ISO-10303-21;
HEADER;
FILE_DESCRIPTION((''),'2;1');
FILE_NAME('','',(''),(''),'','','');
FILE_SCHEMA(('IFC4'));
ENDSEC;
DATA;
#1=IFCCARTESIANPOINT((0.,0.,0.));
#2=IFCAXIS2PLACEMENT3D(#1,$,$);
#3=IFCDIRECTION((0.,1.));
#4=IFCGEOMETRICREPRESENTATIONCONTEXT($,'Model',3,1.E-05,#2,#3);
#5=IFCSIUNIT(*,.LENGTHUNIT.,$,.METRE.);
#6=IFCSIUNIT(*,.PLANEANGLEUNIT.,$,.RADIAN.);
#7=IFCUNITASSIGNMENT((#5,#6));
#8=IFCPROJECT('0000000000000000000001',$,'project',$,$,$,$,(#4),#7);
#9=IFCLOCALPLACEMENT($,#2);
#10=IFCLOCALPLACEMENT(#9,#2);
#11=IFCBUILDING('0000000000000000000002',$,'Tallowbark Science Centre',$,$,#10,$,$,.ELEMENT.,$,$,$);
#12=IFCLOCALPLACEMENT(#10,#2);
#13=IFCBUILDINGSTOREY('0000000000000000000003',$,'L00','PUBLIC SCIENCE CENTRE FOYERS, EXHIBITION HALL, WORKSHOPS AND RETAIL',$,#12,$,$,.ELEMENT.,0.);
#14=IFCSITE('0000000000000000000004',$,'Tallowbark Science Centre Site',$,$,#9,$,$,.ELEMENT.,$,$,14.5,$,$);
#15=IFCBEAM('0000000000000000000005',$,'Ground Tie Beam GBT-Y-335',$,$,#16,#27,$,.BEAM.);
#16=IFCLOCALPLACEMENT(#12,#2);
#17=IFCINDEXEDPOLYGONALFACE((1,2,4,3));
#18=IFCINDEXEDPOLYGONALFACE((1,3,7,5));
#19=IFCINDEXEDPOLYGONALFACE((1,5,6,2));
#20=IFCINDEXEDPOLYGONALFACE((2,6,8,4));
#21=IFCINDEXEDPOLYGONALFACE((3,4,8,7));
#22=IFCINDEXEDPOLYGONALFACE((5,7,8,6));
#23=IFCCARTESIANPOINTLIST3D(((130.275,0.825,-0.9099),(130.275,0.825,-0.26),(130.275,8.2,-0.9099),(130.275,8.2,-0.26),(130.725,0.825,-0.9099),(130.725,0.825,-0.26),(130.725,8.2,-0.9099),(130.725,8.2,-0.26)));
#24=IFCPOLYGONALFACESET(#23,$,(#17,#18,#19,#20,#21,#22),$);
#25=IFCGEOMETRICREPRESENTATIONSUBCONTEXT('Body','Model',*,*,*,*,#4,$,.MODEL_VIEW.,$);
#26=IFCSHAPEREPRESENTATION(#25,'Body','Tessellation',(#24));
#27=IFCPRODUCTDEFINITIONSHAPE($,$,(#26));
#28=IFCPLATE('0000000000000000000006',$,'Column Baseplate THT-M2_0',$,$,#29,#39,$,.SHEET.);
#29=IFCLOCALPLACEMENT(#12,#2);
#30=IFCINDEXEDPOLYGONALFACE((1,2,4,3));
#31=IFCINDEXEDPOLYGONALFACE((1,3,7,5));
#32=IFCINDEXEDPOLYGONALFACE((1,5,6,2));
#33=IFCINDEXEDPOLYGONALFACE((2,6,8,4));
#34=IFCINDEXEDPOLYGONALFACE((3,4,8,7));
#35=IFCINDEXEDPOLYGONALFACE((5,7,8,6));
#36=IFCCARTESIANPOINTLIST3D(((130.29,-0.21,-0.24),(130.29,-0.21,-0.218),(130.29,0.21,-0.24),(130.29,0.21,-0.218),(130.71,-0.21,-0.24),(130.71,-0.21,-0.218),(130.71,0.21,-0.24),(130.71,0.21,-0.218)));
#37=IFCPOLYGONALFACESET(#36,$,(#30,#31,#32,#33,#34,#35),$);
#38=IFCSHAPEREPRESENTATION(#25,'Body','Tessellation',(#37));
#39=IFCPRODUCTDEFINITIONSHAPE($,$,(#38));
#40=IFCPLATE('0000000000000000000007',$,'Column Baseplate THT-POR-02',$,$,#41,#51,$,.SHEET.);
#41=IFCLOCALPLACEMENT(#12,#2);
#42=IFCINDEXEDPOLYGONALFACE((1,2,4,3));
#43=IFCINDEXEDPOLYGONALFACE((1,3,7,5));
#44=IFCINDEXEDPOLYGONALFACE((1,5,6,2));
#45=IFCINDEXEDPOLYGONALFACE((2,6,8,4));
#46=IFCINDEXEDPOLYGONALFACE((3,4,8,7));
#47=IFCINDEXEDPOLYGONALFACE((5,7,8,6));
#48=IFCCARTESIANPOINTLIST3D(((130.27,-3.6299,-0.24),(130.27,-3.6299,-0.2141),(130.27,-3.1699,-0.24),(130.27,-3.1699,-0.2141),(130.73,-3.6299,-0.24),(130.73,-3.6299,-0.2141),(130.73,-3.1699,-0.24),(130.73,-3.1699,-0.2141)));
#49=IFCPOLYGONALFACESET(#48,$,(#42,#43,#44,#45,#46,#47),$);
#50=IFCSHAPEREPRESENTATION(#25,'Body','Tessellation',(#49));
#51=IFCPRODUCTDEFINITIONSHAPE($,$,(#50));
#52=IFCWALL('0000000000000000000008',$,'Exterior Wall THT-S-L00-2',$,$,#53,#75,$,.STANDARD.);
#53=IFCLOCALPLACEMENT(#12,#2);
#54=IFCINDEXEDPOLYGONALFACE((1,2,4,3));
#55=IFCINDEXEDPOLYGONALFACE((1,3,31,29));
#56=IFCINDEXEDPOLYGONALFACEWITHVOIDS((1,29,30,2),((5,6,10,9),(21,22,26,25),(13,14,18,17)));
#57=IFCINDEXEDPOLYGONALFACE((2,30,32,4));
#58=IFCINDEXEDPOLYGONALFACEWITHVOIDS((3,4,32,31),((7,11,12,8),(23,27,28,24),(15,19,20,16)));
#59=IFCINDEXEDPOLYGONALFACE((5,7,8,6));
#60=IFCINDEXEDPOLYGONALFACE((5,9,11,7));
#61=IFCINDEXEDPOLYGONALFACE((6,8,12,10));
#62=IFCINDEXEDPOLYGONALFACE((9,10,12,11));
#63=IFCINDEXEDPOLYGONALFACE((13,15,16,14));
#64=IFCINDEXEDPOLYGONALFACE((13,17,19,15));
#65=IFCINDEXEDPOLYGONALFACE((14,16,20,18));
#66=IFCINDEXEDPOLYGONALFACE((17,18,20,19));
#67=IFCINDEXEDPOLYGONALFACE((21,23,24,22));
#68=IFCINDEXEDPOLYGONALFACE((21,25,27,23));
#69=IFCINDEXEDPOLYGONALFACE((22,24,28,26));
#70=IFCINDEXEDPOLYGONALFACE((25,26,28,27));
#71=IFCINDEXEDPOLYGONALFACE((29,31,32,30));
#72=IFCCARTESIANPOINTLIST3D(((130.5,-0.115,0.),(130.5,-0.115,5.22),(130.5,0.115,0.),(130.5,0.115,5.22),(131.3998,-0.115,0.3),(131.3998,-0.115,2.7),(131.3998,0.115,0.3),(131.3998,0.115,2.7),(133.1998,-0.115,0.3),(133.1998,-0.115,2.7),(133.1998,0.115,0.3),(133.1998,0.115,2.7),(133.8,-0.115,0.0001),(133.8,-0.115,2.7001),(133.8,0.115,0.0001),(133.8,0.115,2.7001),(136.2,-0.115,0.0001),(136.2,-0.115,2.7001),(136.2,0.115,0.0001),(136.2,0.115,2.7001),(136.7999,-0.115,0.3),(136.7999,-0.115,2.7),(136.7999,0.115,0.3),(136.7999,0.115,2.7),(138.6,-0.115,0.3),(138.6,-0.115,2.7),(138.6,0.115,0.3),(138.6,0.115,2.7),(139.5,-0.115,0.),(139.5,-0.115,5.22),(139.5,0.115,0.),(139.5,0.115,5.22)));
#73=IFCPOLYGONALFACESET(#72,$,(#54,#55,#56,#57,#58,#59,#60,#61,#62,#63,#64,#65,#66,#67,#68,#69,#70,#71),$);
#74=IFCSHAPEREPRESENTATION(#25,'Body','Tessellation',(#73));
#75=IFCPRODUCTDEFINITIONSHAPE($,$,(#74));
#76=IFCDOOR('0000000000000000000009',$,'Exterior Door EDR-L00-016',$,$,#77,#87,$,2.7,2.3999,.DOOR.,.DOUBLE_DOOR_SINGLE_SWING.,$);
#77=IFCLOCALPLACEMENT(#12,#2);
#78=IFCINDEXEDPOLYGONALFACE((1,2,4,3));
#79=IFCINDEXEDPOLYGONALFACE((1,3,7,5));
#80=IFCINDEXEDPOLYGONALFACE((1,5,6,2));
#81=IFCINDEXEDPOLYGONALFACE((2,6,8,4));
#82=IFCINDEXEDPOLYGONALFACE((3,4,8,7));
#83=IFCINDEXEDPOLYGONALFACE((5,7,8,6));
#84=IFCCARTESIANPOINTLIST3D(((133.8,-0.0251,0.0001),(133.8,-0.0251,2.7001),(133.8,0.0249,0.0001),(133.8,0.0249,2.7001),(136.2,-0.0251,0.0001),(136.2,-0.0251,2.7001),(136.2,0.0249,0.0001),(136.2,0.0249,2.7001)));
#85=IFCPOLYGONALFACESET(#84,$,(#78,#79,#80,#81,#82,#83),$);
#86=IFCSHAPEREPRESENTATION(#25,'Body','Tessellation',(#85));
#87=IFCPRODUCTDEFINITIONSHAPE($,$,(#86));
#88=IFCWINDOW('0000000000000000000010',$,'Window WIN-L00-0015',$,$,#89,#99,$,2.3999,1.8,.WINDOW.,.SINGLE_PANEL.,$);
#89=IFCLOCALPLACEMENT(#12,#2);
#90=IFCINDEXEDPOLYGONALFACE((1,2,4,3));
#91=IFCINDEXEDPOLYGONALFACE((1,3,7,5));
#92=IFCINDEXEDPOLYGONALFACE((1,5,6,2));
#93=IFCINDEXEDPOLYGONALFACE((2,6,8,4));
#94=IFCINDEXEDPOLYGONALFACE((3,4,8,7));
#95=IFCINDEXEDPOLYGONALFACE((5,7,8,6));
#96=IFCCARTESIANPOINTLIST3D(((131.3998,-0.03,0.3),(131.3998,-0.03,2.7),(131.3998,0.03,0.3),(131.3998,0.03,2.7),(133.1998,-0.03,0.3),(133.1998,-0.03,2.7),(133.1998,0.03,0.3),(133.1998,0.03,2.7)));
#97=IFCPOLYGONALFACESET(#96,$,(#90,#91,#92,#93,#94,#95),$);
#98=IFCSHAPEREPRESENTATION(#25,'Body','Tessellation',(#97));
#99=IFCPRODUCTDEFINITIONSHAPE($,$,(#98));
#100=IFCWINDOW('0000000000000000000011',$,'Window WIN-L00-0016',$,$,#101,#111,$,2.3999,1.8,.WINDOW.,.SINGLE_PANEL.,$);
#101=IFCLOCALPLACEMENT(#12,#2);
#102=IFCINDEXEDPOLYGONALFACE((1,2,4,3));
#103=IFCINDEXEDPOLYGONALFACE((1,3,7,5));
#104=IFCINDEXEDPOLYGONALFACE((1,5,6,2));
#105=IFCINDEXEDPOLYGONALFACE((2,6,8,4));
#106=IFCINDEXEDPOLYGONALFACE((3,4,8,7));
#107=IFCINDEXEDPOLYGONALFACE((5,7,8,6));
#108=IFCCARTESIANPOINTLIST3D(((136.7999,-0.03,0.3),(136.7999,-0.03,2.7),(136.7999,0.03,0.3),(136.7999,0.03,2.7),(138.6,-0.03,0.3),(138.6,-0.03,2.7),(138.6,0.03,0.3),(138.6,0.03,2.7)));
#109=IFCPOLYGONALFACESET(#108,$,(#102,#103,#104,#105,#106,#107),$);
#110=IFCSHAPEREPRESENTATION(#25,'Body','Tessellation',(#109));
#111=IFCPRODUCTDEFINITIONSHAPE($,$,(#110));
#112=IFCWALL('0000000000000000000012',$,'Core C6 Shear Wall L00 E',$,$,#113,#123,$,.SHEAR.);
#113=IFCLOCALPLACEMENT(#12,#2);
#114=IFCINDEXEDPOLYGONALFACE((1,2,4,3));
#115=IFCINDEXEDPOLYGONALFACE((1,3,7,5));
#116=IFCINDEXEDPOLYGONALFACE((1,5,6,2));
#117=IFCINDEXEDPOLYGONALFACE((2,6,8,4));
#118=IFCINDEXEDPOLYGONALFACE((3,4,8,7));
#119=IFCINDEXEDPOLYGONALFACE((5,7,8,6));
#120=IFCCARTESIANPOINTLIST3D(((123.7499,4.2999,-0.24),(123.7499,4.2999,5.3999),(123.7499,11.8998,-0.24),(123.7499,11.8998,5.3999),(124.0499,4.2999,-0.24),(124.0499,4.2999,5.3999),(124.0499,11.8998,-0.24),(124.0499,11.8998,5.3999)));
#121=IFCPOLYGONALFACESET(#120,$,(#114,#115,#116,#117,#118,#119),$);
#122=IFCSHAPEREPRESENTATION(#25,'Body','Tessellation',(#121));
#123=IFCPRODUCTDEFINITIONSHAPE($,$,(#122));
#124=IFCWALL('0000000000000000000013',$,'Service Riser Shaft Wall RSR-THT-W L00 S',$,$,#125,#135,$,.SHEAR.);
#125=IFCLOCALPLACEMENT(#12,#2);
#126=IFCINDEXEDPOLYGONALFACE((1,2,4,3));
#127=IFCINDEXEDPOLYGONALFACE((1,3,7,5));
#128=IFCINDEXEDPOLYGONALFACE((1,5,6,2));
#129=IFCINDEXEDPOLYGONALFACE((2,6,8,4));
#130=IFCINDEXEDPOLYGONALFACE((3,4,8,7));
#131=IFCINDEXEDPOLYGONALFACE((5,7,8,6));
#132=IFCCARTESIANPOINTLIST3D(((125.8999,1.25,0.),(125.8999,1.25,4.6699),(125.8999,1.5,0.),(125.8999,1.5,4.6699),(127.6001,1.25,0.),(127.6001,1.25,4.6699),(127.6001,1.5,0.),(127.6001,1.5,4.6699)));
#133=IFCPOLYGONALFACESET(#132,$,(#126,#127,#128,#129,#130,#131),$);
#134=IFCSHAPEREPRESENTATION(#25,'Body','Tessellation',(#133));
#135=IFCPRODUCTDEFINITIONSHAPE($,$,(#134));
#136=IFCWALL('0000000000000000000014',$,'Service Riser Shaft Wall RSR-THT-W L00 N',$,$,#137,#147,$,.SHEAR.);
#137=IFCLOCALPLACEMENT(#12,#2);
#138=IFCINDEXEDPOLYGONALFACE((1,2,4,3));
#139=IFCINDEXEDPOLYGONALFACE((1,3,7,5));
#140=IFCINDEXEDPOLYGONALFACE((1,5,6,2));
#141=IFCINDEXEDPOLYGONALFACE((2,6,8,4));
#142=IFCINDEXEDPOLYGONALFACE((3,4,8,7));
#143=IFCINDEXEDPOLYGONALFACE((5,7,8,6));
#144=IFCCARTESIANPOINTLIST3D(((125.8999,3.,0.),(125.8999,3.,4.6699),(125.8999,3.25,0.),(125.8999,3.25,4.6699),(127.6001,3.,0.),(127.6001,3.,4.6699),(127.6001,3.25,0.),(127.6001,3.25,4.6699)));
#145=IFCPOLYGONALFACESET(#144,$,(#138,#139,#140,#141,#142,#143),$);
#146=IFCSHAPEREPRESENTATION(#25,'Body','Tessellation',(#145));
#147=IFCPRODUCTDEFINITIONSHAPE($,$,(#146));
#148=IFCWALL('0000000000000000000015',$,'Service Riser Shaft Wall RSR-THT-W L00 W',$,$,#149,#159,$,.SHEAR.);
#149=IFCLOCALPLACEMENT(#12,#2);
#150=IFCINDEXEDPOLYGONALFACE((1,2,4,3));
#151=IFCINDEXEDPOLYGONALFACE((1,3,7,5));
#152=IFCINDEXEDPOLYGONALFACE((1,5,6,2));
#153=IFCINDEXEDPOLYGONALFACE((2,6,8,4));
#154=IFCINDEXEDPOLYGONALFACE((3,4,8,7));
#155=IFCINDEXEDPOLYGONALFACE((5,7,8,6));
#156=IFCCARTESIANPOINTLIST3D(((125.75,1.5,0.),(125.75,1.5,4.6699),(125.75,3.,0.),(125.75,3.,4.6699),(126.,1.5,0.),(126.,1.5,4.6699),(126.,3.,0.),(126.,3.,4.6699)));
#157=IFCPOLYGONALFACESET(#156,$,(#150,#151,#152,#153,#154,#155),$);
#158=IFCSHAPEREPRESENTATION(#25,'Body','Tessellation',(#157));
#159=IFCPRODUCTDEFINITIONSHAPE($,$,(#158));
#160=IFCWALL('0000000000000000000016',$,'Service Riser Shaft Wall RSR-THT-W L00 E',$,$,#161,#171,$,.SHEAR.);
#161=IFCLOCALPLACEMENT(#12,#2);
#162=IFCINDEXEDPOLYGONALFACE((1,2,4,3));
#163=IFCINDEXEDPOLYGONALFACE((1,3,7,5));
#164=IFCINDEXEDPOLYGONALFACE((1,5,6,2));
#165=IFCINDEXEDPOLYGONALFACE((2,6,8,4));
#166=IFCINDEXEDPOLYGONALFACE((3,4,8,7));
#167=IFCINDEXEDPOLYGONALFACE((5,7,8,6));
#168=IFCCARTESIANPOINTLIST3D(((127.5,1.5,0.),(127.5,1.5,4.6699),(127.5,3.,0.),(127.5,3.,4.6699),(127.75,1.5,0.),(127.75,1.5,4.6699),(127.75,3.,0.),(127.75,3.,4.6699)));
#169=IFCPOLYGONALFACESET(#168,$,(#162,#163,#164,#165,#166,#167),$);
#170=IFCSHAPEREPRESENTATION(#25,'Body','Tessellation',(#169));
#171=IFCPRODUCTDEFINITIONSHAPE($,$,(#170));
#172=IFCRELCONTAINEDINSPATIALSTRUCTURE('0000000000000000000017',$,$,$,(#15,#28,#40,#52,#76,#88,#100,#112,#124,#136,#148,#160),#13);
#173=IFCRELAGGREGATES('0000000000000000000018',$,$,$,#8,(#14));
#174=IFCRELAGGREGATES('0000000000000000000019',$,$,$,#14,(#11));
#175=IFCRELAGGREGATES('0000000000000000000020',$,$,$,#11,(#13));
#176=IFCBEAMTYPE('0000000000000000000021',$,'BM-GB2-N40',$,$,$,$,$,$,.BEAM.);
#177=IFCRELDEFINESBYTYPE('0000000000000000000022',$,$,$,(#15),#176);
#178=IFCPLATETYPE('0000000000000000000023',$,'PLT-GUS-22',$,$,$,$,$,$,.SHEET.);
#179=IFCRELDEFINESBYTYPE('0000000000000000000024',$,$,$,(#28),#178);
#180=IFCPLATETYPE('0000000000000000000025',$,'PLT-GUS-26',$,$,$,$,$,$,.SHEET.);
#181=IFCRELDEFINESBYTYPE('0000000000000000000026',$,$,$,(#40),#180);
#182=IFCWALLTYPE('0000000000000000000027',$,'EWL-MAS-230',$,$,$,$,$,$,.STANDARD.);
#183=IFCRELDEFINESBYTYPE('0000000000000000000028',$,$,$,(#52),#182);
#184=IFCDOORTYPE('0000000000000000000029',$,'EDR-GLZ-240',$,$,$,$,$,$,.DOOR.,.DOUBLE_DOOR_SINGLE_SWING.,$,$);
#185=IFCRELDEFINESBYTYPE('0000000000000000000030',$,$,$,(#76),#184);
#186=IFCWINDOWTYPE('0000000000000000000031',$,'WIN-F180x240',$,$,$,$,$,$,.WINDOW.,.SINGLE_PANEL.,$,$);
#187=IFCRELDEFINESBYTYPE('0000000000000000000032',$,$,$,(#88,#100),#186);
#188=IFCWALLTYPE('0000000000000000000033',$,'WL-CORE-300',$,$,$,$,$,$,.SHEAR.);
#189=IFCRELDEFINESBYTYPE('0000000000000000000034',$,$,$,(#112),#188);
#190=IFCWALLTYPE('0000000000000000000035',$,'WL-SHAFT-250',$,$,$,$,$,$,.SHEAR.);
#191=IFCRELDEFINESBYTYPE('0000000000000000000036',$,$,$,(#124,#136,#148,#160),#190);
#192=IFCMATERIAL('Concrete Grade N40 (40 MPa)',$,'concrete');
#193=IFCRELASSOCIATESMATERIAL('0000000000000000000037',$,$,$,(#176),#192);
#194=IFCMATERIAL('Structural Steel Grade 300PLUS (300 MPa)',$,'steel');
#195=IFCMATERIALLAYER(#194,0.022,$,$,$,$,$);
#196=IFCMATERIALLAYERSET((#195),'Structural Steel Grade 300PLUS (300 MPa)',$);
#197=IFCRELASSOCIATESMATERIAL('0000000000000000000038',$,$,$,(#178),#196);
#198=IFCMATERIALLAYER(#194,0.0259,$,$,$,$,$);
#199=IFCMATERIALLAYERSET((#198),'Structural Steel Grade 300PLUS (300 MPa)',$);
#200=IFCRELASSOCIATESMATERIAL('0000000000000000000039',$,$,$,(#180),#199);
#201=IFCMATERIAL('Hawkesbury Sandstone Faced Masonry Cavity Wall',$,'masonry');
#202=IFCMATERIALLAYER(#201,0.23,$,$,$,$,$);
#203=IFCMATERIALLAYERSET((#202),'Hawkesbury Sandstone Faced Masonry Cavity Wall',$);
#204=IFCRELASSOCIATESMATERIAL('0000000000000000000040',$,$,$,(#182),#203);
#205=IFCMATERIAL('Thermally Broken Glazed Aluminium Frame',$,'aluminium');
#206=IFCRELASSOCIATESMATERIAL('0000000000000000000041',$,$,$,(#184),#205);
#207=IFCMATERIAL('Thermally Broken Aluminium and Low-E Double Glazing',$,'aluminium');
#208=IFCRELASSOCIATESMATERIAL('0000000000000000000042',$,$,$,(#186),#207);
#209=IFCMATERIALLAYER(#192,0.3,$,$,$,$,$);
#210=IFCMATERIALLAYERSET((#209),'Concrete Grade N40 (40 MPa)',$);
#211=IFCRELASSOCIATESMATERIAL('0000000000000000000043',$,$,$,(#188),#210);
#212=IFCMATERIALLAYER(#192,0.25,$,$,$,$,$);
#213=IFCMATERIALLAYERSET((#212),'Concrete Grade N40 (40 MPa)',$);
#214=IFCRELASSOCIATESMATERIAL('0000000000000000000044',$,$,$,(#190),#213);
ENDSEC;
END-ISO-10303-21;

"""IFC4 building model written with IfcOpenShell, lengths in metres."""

from ifc_helpers import new_model, si_unit, direction, frame, frame_2d, origin, origin_2d, place, context, subcontext, project, spatial, rectangle, extrude, material, layer, layer_set, material_profile, profile_set, type_object, element, fill, save


model = new_model("IFC4")

# Units and contexts
model_context = context("Model", 3, precision=1e-05, world=origin(), true_north=direction((0.0, 1.0)))
body_context = subcontext(model_context, "Body", "Model", "MODEL_VIEW")
ifc_project = project(units=[si_unit("LENGTHUNIT", "METRE"), si_unit("PLANEANGLEUNIT", "RADIAN")], contexts=[model_context])

# Site, building, storey
site_placement = place(None, origin())
site = spatial("IfcSite", under=ifc_project, at=site_placement, Name="Tallowbark Science Centre Site", CompositionType="ELEMENT", RefElevation=14.5)
building_placement = place(site_placement, origin())
building = spatial("IfcBuilding", under=site, at=building_placement, Name="Tallowbark Science Centre", CompositionType="ELEMENT")
storey_placement = place(building_placement, origin())
storey = spatial("IfcBuildingStorey", under=building, at=storey_placement, Name="L00", Description="PUBLIC SCIENCE CENTRE FOYERS, EXHIBITION HALL, WORKSHOPS AND RETAIL", CompositionType="ELEMENT", Elevation=0.0)

# Shared definitions
ifc_material_1 = material(Name="Concrete Grade N40 (40 MPa)", Category="concrete")

# Shared definitions
ifc_material_2 = material(Name="Structural Steel Grade 300PLUS (300 MPa)", Category="steel")

# Beam
ifc_material_profile_1 = material_profile(ifc_material_1, rectangle(XDim=0.45, YDim=0.6499, at=origin_2d()), Name="RC450x650")
ifc_profile_set_1 = profile_set([ifc_material_profile_1], Name="Concrete Grade N40 (40 MPa)")
beam_type = type_object("IfcBeamType", Name="BM-GB2-N40", PredefinedType="BEAM", material=ifc_profile_set_1)
beam_1_placement = place(storey_placement, frame((130.5, 0.825, -0.585), z_axis=(0.0, 1.0, 0.0), x_axis=(-1.0, 0.0, 0.0)))
element("IfcBeam", 1, at=beam_1_placement, inside=storey, type_object=beam_type, Name="Ground Tie Beam GBT-Y-335", PredefinedType="BEAM", context=body_context, shape_type="SweptSolid", body=[
    extrude(rectangle(XDim=0.45, YDim=0.6499, at=origin_2d()), origin(), (0.0, 0.0, 1.0), 7.375),
])

# Plates
ifc_layer_1 = layer(ifc_material_2, 0.022)
ifc_layer_set_1 = layer_set([ifc_layer_1], Name="Structural Steel Grade 300PLUS (300 MPa)")
plate_type_1 = type_object("IfcPlateType", Name="PLT-GUS-22", PredefinedType="SHEET", material=ifc_layer_set_1)
plate_1_placement = place(storey_placement, frame((130.5, 0.0, -0.24), z_axis=(0.0, 0.0, 1.0), x_axis=(1.0, 0.0, 0.0)))
element("IfcPlate", 2, at=plate_1_placement, inside=storey, type_object=plate_type_1, Name="Column Baseplate THT-M2_0", PredefinedType="SHEET", context=body_context, shape_type="SweptSolid", body=[
    extrude(rectangle(XDim=0.4199, YDim=0.4199, at=origin_2d()), origin(), (0.0, 0.0, 1.0), 0.022),
])
ifc_layer_2 = layer(ifc_material_2, 0.0259)
ifc_layer_set_2 = layer_set([ifc_layer_2], Name="Structural Steel Grade 300PLUS (300 MPa)")
plate_type_2 = type_object("IfcPlateType", Name="PLT-GUS-26", PredefinedType="SHEET", material=ifc_layer_set_2)
plate_2_placement = place(storey_placement, frame((130.5, -3.3999, -0.24), z_axis=(0.0, 0.0, 1.0), x_axis=(1.0, 0.0, 0.0)))
element("IfcPlate", 3, at=plate_2_placement, inside=storey, type_object=plate_type_2, Name="Column Baseplate THT-POR-02", PredefinedType="SHEET", context=body_context, shape_type="SweptSolid", body=[
    extrude(rectangle(XDim=0.46, YDim=0.46, at=origin_2d()), origin(), (0.0, 0.0, 1.0), 0.0259),
])

# Wall, openings, door, windows
ifc_material_3 = material(Name="Hawkesbury Sandstone Faced Masonry Cavity Wall", Category="masonry")
ifc_layer_3 = layer(ifc_material_3, 0.23)
ifc_layer_set_3 = layer_set([ifc_layer_3], Name="Hawkesbury Sandstone Faced Masonry Cavity Wall")
wall_type_1 = type_object("IfcWallType", Name="EWL-MAS-230", PredefinedType="STANDARD", material=ifc_layer_set_3)
wall_1_placement = place(storey_placement, frame((130.5, 0.0, 0.0), z_axis=(0.0, 0.0, 1.0), x_axis=(1.0, 0.0, 0.0)))
wall_1 = element("IfcWall", 4, at=wall_1_placement, inside=storey, type_object=wall_type_1, Name="Exterior Wall THT-S-L00-2", PredefinedType="STANDARD", context=body_context, shape_type="SweptSolid", body=[
    extrude(rectangle(XDim=9.0, YDim=0.23, at=frame_2d((4.5, 0.0))), origin(), (0.0, 0.0, 1.0), 5.22),
])
opening_1_placement = place(wall_1_placement, frame((0.8999, 0.0, 0.3)))
opening_1 = element("IfcOpeningElement", 5, at=opening_1_placement, cuts=wall_1, PredefinedType="OPENING", context=body_context, shape_type="SweptSolid", body=[
    extrude(rectangle(XDim=1.8, YDim=2.3999, at=frame_2d((0.8999, 1.2))), frame((0.0, 0.125, 0.0), z_axis=(0.0, -1.0, 0.0), x_axis=(1.0, 0.0, 0.0)), (0.0, 0.0, 1.0), 0.25),
])
opening_2_placement = place(wall_1_placement, frame((6.3, 0.0, 0.3)))
opening_2 = element("IfcOpeningElement", 6, at=opening_2_placement, cuts=wall_1, PredefinedType="OPENING", context=body_context, shape_type="SweptSolid", body=[
    extrude(rectangle(XDim=1.8, YDim=2.3999, at=frame_2d((0.8999, 1.2))), frame((0.0, 0.125, 0.0), z_axis=(0.0, -1.0, 0.0), x_axis=(1.0, 0.0, 0.0)), (0.0, 0.0, 1.0), 0.25),
])
opening_3_placement = place(wall_1_placement, frame((3.3, 0.0, 0.0)))
opening_3 = element("IfcOpeningElement", 7, at=opening_3_placement, cuts=wall_1, PredefinedType="OPENING", context=body_context, shape_type="SweptSolid", body=[
    extrude(rectangle(XDim=2.3999, YDim=2.7, at=frame_2d((1.2, 1.3501))), frame((0.0, 0.125, 0.0), z_axis=(0.0, -1.0, 0.0), x_axis=(1.0, 0.0, 0.0)), (0.0, 0.0, 1.0), 0.25),
])
ifc_material_4 = material(Name="Thermally Broken Glazed Aluminium Frame", Category="aluminium")
door_type = type_object("IfcDoorType", Name="EDR-GLZ-240", OperationType="DOUBLE_DOOR_SINGLE_SWING", PredefinedType="DOOR", material=ifc_material_4)
door_placement = place(opening_3_placement, origin())
door = element("IfcDoor", 8, at=door_placement, inside=storey, type_object=door_type, Name="Exterior Door EDR-L00-016", OperationType="DOUBLE_DOOR_SINGLE_SWING", OverallHeight=2.7, OverallWidth=2.3999, PredefinedType="DOOR", context=body_context, shape_type="SweptSolid", body=[
    extrude(rectangle(XDim=2.3999, YDim=2.7, at=frame_2d((1.2, 1.3501))), frame((0.0, 0.0249, 0.0), z_axis=(0.0, -1.0, 0.0), x_axis=(1.0, 0.0, 0.0)), (0.0, 0.0, 1.0), 0.05),
])
fill(opening_3, door)
ifc_material_5 = material(Name="Thermally Broken Aluminium and Low-E Double Glazing", Category="aluminium")
window_type = type_object("IfcWindowType", Name="WIN-F180x240", PartitioningType="SINGLE_PANEL", PredefinedType="WINDOW", material=ifc_material_5)
window_1_placement = place(opening_1_placement, origin())
window_1 = element("IfcWindow", 9, at=window_1_placement, inside=storey, type_object=window_type, Name="Window WIN-L00-0015", OverallHeight=2.3999, OverallWidth=1.8, PartitioningType="SINGLE_PANEL", PredefinedType="WINDOW", context=body_context, shape_type="SweptSolid", body=[
    extrude(rectangle(XDim=1.8, YDim=2.3999, at=frame_2d((0.8999, 1.2))), frame((0.0, 0.03, 0.0), z_axis=(0.0, -1.0, 0.0), x_axis=(1.0, 0.0, 0.0)), (0.0, 0.0, 1.0), 0.0601),
])
fill(opening_1, window_1)
window_2_placement = place(opening_2_placement, origin())
window_2 = element("IfcWindow", 10, at=window_2_placement, inside=storey, type_object=window_type, Name="Window WIN-L00-0016", OverallHeight=2.3999, OverallWidth=1.8, PartitioningType="SINGLE_PANEL", PredefinedType="WINDOW", context=body_context, shape_type="SweptSolid", body=[
    extrude(rectangle(XDim=1.8, YDim=2.3999, at=frame_2d((0.8999, 1.2))), frame((0.0, 0.03, 0.0), z_axis=(0.0, -1.0, 0.0), x_axis=(1.0, 0.0, 0.0)), (0.0, 0.0, 1.0), 0.0601),
])
fill(opening_2, window_2)

# Walls
ifc_layer_4 = layer(ifc_material_1, 0.3)
ifc_layer_set_4 = layer_set([ifc_layer_4], Name="Concrete Grade N40 (40 MPa)")
wall_type_2 = type_object("IfcWallType", Name="WL-CORE-300", PredefinedType="SHEAR", material=ifc_layer_set_4)
wall_2_placement = place(storey_placement, frame((123.8999, 4.3, -0.24), z_axis=(0.0, 0.0, 1.0), x_axis=(0.0, 1.0, 0.0)))
element("IfcWall", 11, at=wall_2_placement, inside=storey, type_object=wall_type_2, Name="Core C6 Shear Wall L00 E", PredefinedType="SHEAR", context=body_context, shape_type="SweptSolid", body=[
    extrude(rectangle(XDim=7.5999, YDim=0.3, at=frame_2d((3.7998, 0.0))), origin(), (0.0, 0.0, 1.0), 5.6399),
])
ifc_layer_5 = layer(ifc_material_1, 0.25)
ifc_layer_set_5 = layer_set([ifc_layer_5], Name="Concrete Grade N40 (40 MPa)")
wall_type_3 = type_object("IfcWallType", Name="WL-SHAFT-250", PredefinedType="SHEAR", material=ifc_layer_set_5)
for number, where, z_axis, x_axis, name in (
    (12, (125.8999, 1.375, 0.0), (0.0, 0.0, 1.0), (1.0, 0.0, 0.0), "Service Riser Shaft Wall RSR-THT-W L00 S"),
    (13, (125.8999, 3.125, 0.0), (0.0, 0.0, 1.0), (1.0, 0.0, 0.0), "Service Riser Shaft Wall RSR-THT-W L00 N"),
):
    element("IfcWall", number, at=place(storey_placement, frame(where, z_axis=z_axis, x_axis=x_axis)), inside=storey, type_object=wall_type_3, Name=name, PredefinedType="SHEAR", context=body_context, shape_type="SweptSolid", body=[
        extrude(rectangle(XDim=1.7002, YDim=0.25, at=frame_2d((0.8501, 0.0))), origin(), (0.0, 0.0, 1.0), 4.6699),
    ])
for number, where, z_axis, x_axis, name in (
    (14, (125.875, 1.5, 0.0), (0.0, 0.0, 1.0), (0.0, 1.0, 0.0), "Service Riser Shaft Wall RSR-THT-W L00 W"),
    (15, (127.625, 1.5, 0.0), (0.0, 0.0, 1.0), (0.0, 1.0, 0.0), "Service Riser Shaft Wall RSR-THT-W L00 E"),
):
    element("IfcWall", number, at=place(storey_placement, frame(where, z_axis=z_axis, x_axis=x_axis)), inside=storey, type_object=wall_type_3, Name=name, PredefinedType="SHEAR", context=body_context, shape_type="SweptSolid", body=[
        extrude(rectangle(XDim=1.5, YDim=0.25, at=frame_2d((0.75, 0.0))), origin(), (0.0, 0.0, 1.0), 4.6699),
    ])

save(model, "model.ifc")
